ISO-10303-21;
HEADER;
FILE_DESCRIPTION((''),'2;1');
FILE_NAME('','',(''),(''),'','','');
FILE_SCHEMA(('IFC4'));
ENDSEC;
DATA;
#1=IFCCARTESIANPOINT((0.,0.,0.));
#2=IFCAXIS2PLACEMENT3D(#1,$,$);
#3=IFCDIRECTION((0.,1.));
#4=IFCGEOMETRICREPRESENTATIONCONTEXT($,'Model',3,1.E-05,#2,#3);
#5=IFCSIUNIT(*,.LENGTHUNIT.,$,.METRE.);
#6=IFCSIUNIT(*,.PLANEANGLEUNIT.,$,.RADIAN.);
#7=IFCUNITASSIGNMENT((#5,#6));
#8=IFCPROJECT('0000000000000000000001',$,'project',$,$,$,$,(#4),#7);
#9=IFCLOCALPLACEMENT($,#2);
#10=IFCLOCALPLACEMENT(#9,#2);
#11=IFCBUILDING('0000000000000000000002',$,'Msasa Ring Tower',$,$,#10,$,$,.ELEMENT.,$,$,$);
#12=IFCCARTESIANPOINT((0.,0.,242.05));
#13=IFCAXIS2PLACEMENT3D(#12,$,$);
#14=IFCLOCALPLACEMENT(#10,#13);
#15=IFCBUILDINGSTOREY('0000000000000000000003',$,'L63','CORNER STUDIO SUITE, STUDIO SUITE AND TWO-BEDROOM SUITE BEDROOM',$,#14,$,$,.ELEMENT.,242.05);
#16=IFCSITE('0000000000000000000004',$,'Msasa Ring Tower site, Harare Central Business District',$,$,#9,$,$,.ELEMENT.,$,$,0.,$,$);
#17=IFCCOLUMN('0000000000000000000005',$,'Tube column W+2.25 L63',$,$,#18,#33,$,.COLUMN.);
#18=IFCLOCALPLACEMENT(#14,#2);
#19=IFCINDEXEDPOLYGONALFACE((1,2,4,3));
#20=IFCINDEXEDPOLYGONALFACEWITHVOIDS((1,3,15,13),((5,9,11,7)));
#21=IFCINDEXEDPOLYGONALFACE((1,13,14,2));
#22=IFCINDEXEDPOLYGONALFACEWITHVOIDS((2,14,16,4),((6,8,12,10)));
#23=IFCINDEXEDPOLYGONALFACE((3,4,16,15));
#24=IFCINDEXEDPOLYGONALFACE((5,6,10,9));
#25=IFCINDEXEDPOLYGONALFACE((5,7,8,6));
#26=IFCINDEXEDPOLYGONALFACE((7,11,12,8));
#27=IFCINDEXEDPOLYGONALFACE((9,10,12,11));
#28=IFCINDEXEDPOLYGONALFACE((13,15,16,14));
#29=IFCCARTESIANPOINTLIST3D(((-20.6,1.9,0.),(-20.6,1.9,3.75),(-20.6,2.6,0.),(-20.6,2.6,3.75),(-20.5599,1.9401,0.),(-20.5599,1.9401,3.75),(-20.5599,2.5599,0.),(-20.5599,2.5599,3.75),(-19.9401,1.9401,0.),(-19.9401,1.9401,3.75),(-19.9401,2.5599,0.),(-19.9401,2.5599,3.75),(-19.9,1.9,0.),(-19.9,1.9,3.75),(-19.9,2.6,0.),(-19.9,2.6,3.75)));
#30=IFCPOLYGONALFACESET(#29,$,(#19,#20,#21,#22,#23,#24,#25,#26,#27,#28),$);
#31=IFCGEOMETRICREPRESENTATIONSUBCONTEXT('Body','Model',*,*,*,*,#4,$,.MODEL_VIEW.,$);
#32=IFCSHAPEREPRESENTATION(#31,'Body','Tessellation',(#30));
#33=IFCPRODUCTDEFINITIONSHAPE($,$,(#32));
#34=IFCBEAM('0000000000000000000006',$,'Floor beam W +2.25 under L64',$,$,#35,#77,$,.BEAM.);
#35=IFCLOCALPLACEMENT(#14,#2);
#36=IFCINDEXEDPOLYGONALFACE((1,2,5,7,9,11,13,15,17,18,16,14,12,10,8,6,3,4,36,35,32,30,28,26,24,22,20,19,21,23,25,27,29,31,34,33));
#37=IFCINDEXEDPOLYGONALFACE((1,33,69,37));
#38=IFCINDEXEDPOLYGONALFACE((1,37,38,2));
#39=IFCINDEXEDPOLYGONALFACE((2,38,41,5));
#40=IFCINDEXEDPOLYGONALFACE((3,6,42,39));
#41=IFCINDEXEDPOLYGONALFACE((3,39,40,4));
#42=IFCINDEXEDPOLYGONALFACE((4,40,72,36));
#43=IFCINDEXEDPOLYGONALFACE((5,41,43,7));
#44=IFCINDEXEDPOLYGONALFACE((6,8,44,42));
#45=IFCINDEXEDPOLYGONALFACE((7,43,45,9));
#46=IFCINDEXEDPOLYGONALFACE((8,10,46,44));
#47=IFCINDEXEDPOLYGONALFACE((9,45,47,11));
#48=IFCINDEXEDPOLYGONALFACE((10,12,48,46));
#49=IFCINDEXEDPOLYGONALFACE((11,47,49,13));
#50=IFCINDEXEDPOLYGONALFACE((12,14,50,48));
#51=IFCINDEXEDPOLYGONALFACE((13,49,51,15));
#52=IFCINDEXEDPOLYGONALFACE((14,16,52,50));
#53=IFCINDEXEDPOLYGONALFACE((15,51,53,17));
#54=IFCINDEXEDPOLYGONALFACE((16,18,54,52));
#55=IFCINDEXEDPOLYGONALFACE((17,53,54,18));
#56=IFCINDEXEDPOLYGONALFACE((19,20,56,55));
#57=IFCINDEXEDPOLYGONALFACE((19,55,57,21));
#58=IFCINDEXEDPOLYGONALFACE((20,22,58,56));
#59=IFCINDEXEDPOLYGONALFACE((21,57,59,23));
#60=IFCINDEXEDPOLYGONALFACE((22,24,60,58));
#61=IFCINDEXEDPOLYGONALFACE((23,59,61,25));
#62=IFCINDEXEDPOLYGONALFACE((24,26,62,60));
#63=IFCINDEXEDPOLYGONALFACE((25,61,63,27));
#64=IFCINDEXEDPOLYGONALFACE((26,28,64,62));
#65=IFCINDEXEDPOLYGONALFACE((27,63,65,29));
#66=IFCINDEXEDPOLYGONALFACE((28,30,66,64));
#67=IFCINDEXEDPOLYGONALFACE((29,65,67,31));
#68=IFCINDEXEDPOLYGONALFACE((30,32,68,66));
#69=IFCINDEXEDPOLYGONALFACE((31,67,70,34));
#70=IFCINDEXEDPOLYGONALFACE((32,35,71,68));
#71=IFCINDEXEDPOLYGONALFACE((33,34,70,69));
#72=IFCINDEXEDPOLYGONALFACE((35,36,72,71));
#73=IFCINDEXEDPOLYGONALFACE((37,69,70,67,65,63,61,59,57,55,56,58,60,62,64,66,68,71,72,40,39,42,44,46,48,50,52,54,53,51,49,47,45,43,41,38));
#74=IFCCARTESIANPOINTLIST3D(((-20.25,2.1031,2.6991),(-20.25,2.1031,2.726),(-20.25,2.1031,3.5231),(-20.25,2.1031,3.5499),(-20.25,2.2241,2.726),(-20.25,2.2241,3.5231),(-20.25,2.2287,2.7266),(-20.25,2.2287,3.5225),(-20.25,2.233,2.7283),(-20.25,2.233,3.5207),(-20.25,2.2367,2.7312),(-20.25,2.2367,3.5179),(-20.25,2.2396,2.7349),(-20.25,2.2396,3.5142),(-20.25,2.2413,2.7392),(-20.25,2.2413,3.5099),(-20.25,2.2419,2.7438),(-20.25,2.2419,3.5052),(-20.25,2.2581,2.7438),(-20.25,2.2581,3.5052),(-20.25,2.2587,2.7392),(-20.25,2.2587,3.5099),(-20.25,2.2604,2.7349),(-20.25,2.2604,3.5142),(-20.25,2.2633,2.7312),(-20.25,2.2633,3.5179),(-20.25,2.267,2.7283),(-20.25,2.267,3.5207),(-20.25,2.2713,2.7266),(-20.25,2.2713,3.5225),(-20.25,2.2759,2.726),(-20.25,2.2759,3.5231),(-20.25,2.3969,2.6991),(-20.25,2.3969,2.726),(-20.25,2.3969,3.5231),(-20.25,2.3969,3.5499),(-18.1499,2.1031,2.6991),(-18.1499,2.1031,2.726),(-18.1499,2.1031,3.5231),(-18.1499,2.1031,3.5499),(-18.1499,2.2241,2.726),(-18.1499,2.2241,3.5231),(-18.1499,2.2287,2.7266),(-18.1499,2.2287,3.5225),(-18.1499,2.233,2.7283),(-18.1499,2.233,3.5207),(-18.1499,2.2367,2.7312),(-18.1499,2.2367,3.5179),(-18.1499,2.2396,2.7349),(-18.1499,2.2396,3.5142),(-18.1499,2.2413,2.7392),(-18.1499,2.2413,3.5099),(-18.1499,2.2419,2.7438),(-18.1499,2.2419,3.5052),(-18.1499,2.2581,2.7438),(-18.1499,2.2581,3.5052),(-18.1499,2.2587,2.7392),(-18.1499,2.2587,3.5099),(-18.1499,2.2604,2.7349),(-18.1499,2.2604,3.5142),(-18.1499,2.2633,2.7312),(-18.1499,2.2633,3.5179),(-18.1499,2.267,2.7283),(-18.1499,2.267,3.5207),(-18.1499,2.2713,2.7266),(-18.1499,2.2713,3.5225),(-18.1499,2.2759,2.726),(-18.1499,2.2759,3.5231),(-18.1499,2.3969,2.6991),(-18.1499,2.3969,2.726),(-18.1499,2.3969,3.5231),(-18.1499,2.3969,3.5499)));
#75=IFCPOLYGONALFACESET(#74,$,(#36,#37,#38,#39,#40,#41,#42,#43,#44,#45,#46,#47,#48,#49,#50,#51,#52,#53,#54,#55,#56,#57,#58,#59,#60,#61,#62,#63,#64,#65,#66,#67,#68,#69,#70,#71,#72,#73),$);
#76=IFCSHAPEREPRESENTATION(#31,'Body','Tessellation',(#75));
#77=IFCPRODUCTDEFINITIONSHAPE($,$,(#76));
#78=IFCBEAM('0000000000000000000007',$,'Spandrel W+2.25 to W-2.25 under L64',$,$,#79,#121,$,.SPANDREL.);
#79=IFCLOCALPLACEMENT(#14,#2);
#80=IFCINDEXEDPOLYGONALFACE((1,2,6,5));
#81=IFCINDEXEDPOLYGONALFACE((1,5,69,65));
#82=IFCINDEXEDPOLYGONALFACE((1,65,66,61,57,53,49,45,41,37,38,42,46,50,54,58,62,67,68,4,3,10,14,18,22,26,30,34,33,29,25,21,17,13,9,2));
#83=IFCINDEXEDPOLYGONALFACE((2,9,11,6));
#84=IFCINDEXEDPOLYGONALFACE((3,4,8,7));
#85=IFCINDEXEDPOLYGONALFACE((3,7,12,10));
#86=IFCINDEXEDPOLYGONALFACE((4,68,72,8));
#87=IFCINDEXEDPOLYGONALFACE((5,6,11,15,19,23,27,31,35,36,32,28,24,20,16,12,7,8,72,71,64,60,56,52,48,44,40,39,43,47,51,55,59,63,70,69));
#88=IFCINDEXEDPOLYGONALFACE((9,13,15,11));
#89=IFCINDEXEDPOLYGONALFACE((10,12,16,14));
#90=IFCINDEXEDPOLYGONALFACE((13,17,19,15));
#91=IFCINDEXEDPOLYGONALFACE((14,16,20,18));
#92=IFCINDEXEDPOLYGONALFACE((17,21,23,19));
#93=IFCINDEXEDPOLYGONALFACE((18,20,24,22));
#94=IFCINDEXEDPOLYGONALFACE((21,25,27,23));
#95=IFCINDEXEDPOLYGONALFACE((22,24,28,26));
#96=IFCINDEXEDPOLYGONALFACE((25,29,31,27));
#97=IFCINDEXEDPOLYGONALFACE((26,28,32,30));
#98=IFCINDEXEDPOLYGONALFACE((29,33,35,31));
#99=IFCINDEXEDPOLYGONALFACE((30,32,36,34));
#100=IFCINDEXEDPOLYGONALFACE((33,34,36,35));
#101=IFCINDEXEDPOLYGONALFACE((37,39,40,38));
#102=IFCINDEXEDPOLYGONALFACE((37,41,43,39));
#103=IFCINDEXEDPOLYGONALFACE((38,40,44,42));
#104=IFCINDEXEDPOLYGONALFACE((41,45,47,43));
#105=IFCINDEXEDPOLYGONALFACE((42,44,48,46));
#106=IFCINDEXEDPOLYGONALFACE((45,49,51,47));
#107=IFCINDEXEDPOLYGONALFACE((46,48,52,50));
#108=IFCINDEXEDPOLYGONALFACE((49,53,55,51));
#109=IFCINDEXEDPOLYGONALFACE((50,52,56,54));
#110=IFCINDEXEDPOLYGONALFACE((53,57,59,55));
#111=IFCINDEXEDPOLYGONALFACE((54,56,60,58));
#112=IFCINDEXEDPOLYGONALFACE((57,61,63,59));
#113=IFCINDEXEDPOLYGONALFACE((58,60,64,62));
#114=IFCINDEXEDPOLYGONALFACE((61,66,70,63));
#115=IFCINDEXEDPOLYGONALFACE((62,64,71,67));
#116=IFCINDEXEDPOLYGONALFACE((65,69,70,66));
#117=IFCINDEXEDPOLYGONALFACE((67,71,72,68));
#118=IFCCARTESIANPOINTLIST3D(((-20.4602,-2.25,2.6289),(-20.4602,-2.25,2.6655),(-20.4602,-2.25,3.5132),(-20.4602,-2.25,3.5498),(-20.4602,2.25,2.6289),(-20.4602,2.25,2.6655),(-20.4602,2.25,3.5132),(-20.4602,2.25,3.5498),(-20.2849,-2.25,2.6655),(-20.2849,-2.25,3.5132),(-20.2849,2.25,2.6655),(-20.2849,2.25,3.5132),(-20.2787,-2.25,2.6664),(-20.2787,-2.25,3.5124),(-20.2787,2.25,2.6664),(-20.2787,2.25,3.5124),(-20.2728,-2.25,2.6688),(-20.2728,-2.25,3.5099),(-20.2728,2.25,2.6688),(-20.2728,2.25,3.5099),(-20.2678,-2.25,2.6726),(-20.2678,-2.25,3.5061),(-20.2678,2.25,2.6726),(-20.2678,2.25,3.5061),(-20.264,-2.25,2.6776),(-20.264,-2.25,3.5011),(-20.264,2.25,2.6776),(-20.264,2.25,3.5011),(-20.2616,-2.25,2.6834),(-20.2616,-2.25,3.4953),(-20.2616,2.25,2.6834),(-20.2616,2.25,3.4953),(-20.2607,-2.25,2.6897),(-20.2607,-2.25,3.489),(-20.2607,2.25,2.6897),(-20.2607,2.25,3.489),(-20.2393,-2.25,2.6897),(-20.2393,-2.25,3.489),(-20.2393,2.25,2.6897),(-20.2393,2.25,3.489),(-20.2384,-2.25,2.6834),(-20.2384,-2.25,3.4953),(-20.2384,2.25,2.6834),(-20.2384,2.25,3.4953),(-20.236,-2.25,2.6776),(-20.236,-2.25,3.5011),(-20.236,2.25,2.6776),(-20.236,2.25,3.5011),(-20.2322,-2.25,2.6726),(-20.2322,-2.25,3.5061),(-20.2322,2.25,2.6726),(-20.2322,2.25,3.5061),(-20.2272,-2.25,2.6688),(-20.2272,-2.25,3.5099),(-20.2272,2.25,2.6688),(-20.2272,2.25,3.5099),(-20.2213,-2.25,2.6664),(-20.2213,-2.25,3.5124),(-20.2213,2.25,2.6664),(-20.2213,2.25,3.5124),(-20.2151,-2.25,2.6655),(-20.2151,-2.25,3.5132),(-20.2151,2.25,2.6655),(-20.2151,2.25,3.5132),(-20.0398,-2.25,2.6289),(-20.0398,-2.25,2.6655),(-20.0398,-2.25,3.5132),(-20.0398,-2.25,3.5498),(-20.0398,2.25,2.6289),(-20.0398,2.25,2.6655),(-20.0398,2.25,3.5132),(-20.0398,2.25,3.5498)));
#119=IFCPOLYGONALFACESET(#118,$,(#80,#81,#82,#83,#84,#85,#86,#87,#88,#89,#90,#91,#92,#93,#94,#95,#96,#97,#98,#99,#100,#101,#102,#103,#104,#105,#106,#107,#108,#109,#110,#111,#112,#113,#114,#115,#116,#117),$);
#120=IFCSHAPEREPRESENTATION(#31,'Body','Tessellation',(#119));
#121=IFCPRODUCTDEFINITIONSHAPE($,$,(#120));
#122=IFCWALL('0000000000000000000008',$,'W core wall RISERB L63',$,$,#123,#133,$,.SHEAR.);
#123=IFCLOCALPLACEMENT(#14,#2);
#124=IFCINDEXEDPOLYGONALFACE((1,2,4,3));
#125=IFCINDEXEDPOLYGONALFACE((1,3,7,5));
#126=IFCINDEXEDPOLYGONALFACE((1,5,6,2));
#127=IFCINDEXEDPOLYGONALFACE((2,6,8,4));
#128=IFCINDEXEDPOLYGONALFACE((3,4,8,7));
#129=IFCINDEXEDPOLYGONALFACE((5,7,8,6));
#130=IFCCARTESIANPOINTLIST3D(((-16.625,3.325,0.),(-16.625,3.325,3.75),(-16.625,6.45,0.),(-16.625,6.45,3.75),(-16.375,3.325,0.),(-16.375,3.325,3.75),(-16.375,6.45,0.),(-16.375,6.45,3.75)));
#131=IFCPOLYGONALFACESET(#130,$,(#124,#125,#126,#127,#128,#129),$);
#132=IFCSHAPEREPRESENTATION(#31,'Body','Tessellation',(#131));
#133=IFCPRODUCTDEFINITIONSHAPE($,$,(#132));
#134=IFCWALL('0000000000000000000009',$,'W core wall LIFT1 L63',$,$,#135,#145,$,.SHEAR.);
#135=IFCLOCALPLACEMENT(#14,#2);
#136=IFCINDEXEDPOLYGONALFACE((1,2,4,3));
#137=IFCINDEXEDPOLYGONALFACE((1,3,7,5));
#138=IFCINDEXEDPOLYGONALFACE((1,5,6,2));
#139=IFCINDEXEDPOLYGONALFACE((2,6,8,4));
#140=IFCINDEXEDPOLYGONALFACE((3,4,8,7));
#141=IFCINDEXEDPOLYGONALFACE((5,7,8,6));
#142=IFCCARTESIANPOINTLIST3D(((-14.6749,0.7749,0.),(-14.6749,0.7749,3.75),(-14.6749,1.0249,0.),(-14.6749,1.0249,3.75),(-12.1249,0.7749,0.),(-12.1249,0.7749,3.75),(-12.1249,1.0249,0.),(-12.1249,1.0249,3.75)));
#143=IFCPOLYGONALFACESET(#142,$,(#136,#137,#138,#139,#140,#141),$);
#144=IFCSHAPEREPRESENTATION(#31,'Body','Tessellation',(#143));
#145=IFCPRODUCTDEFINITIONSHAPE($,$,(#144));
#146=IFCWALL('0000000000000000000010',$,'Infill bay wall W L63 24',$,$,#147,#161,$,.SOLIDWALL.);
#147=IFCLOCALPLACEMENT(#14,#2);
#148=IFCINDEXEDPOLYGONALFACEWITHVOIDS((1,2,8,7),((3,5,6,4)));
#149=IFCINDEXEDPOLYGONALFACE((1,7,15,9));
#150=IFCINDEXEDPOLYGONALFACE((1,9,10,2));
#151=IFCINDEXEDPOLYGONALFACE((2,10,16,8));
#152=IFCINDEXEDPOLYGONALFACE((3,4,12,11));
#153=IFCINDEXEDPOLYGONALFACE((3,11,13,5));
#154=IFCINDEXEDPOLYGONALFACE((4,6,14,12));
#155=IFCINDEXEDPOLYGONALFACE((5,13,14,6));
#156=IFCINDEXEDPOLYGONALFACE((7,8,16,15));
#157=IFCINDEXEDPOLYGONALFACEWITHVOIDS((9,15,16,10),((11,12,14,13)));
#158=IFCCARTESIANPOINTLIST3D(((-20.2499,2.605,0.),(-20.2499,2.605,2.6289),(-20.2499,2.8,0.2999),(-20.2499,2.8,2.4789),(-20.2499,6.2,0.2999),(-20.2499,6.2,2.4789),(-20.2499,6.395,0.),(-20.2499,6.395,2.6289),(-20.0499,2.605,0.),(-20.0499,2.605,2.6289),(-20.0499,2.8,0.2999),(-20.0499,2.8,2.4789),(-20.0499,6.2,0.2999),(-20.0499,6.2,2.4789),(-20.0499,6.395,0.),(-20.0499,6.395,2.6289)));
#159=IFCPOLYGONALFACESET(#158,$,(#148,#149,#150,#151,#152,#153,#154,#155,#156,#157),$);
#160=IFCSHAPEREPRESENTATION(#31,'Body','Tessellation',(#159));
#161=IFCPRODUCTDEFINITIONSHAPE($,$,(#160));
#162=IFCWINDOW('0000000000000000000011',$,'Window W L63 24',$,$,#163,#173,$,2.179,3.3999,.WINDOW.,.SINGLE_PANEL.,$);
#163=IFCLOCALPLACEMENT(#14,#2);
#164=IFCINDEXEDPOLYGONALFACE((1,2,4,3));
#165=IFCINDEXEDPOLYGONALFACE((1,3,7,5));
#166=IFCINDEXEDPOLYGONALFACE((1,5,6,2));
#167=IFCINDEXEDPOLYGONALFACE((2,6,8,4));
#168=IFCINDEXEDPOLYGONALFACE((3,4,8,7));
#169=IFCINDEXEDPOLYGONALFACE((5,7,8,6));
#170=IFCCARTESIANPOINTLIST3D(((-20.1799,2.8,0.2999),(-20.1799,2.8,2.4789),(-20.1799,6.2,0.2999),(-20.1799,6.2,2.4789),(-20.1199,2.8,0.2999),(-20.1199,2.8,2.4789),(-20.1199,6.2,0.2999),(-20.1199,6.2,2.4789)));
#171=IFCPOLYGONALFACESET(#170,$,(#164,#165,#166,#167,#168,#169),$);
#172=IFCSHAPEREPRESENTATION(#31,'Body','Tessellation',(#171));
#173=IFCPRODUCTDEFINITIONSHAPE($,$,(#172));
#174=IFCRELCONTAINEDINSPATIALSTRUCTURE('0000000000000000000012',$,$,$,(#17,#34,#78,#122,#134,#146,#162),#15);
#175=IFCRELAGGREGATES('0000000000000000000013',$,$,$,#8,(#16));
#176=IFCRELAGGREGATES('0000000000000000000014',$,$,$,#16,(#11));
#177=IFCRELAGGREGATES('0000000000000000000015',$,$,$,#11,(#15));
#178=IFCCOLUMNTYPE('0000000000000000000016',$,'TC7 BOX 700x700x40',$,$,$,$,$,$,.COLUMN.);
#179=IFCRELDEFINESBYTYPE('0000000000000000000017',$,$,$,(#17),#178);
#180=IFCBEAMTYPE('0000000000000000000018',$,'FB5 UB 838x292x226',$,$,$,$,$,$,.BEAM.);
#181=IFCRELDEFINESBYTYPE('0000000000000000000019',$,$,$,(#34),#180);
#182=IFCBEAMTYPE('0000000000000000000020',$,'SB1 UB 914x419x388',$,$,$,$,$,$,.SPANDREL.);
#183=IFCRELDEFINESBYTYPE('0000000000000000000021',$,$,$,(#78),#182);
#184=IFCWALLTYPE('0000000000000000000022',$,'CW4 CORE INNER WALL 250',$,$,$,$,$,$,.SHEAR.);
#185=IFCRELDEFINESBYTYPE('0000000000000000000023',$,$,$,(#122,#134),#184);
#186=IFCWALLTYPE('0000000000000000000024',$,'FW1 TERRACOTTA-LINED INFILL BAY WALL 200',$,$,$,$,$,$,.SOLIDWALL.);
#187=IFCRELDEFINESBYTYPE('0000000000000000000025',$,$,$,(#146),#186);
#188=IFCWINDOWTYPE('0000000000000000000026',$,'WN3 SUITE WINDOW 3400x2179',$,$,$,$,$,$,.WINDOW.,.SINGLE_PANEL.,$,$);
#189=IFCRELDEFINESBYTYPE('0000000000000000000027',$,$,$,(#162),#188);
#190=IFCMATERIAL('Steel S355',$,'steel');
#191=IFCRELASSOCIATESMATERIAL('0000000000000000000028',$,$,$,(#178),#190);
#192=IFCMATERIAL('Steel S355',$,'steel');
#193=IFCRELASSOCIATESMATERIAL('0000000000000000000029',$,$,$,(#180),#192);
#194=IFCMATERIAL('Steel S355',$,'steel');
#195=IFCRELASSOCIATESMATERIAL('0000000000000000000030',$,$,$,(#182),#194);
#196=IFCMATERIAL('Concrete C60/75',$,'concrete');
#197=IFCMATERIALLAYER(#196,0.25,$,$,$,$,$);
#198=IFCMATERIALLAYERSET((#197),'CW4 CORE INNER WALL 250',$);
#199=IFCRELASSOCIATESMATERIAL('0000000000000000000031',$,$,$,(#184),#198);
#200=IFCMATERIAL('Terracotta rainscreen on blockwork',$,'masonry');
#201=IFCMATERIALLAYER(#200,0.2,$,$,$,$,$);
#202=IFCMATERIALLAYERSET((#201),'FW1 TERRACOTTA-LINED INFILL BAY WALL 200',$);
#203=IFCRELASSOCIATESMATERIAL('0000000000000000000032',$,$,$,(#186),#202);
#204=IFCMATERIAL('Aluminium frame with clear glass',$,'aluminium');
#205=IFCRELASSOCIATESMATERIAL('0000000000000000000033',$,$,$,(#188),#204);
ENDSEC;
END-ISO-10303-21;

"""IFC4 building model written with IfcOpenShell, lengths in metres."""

from ifc_helpers import new_model, si_unit, direction, frame, frame_2d, origin, origin_2d, place, context, subcontext, project, spatial, rectangle, hollow_rectangle, i_section, extrude, material, layer, layer_set, material_profile, profile_set, type_object, element, fill, save


model = new_model("IFC4")

# Units and contexts
model_context = context("Model", 3, precision=1e-05, world=origin(), true_north=direction((0.0, 1.0)))
body_context = subcontext(model_context, "Body", "Model", "MODEL_VIEW")
ifc_project = project(units=[si_unit("LENGTHUNIT", "METRE"), si_unit("PLANEANGLEUNIT", "RADIAN")], contexts=[model_context])

# Site, building, storey
site_placement = place(None, origin())
site = spatial("IfcSite", under=ifc_project, at=site_placement, Name="Msasa Ring Tower site, Harare Central Business District", CompositionType="ELEMENT", RefElevation=0.0)
building_placement = place(site_placement, origin())
building = spatial("IfcBuilding", under=site, at=building_placement, Name="Msasa Ring Tower", CompositionType="ELEMENT")
storey_placement = place(building_placement, frame((0.0, 0.0, 242.05)))
storey = spatial("IfcBuildingStorey", under=building, at=storey_placement, Name="L63", Description="CORNER STUDIO SUITE, STUDIO SUITE AND TWO-BEDROOM SUITE BEDROOM", CompositionType="ELEMENT", Elevation=242.05)

# Column
ifc_material_1 = material(Name="Steel S355", Category="steel")
ifc_material_profile_1 = material_profile(ifc_material_1, hollow_rectangle(XDim=0.7, YDim=0.7, WallThickness=0.04, at=origin_2d()), Name="BOX 700x700x40")
ifc_profile_set_1 = profile_set([ifc_material_profile_1], Name="Steel S355")
column_type = type_object("IfcColumnType", Name="TC7 BOX 700x700x40", PredefinedType="COLUMN", material=ifc_profile_set_1)
column_placement = place(storey_placement, frame((-20.25, 2.25, 0.0), z_axis=(0.0, 0.0, 1.0), x_axis=(1.0, 0.0, 0.0)))
element("IfcColumn", 1, at=column_placement, inside=storey, type_object=column_type, Name="Tube column W+2.25 L63", PredefinedType="COLUMN", context=body_context, shape_type="SweptSolid", body=[
    extrude(hollow_rectangle(XDim=0.7, YDim=0.7, WallThickness=0.04, at=origin_2d()), origin(), (0.0, 0.0, 1.0), 3.75),
])

# Beams
ifc_material_2 = material(Name="Steel S355", Category="steel")
ifc_material_profile_2 = material_profile(ifc_material_2, i_section(OverallWidth=0.2937, OverallDepth=0.8508, WebThickness=0.0161, FlangeThickness=0.0269, FilletRadius=0.0178, at=origin_2d()), Name="UB 838x292x226")
ifc_profile_set_2 = profile_set([ifc_material_profile_2], Name="Steel S355")
beam_type_1 = type_object("IfcBeamType", Name="FB5 UB 838x292x226", PredefinedType="BEAM", material=ifc_profile_set_2)
beam_1_placement = place(storey_placement, frame((-20.25, 2.25, 3.1245), z_axis=(1.0, 0.0, 0.0), x_axis=(0.0, 1.0, 0.0)))
element("IfcBeam", 2, at=beam_1_placement, inside=storey, type_object=beam_type_1, Name="Floor beam W +2.25 under L64", PredefinedType="BEAM", context=body_context, shape_type="SweptSolid", body=[
    extrude(i_section(OverallWidth=0.2937, OverallDepth=0.8508, WebThickness=0.0161, FlangeThickness=0.0269, FilletRadius=0.0178, at=origin_2d()), origin(), (0.0, 0.0, 1.0), 2.1001),
])
ifc_material_3 = material(Name="Steel S355", Category="steel")
ifc_material_profile_3 = material_profile(ifc_material_3, i_section(OverallWidth=0.4204, OverallDepth=0.9209, WebThickness=0.0215, FlangeThickness=0.0366, FilletRadius=0.0242, at=origin_2d()), Name="UB 914x419x388")
ifc_profile_set_3 = profile_set([ifc_material_profile_3], Name="Steel S355")
beam_type_2 = type_object("IfcBeamType", Name="SB1 UB 914x419x388", PredefinedType="SPANDREL", material=ifc_profile_set_3)
beam_2_placement = place(storey_placement, frame((-20.25, 2.25, 3.0894), z_axis=(0.0, -1.0, 0.0), x_axis=(1.0, 0.0, 0.0)))
element("IfcBeam", 3, at=beam_2_placement, inside=storey, type_object=beam_type_2, Name="Spandrel W+2.25 to W-2.25 under L64", PredefinedType="SPANDREL", context=body_context, shape_type="SweptSolid", body=[
    extrude(i_section(OverallWidth=0.4204, OverallDepth=0.9209, WebThickness=0.0215, FlangeThickness=0.0366, FilletRadius=0.0242, at=origin_2d()), origin(), (0.0, 0.0, 1.0), 4.5),
])

# Walls
ifc_material_4 = material(Name="Concrete C60/75", Category="concrete")
ifc_layer_1 = layer(ifc_material_4, 0.25)
ifc_layer_set_1 = layer_set([ifc_layer_1], Name="CW4 CORE INNER WALL 250")
wall_type_1 = type_object("IfcWallType", Name="CW4 CORE INNER WALL 250", PredefinedType="SHEAR", material=ifc_layer_set_1)
wall_1_placement = place(storey_placement, frame((-16.5, 3.325, 0.0), z_axis=(0.0, 0.0, 1.0), x_axis=(0.0, 1.0, 0.0)))
element("IfcWall", 4, at=wall_1_placement, inside=storey, type_object=wall_type_1, Name="W core wall RISERB L63", PredefinedType="SHEAR", context=body_context, shape_type="SweptSolid", body=[
    extrude(rectangle(XDim=3.125, YDim=0.25, at=frame_2d((1.5625, 0.0))), origin(), (0.0, 0.0, 1.0), 3.75),
])
wall_2_placement = place(storey_placement, frame((-12.125, 0.8999, 0.0), z_axis=(0.0, 0.0, 1.0), x_axis=(-1.0, 0.0, 0.0)))
element("IfcWall", 5, at=wall_2_placement, inside=storey, type_object=wall_type_1, Name="W core wall LIFT1 L63", PredefinedType="SHEAR", context=body_context, shape_type="SweptSolid", body=[
    extrude(rectangle(XDim=2.55, YDim=0.25, at=frame_2d((1.2749, 0.0))), origin(), (0.0, 0.0, 1.0), 3.75),
])

# Wall, opening, window
ifc_material_5 = material(Name="Terracotta rainscreen on blockwork", Category="masonry")
ifc_layer_2 = layer(ifc_material_5, 0.2)
ifc_layer_set_2 = layer_set([ifc_layer_2], Name="FW1 TERRACOTTA-LINED INFILL BAY WALL 200")
wall_type_2 = type_object("IfcWallType", Name="FW1 TERRACOTTA-LINED INFILL BAY WALL 200", PredefinedType="SOLIDWALL", material=ifc_layer_set_2)
wall_3_placement = place(storey_placement, frame((-20.1499, 2.605, 0.0), z_axis=(0.0, 0.0, 1.0), x_axis=(0.0, 1.0, 0.0)))
wall_3 = element("IfcWall", 6, at=wall_3_placement, inside=storey, type_object=wall_type_2, Name="Infill bay wall W L63 24", PredefinedType="SOLIDWALL", context=body_context, shape_type="SweptSolid", body=[
    extrude(rectangle(XDim=3.79, YDim=0.2, at=frame_2d((1.895, 0.0))), origin(), (0.0, 0.0, 1.0), 2.6289),
])
opening_1_placement = place(wall_3_placement, frame((0.1951, 0.0, 0.3)))
opening_1 = element("IfcOpeningElement", 7, at=opening_1_placement, cuts=wall_3, PredefinedType="OPENING", context=body_context, shape_type="SweptSolid", body=[
    extrude(rectangle(XDim=3.3999, YDim=2.179, at=frame_2d((1.7, 1.0894))), frame((0.0, 0.1099, 0.0), z_axis=(0.0, -1.0, 0.0), x_axis=(1.0, 0.0, 0.0)), (0.0, 0.0, 1.0), 0.22),
])
ifc_material_6 = material(Name="Aluminium frame with clear glass", Category="aluminium")
window_type = type_object("IfcWindowType", Name="WN3 SUITE WINDOW 3400x2179", PartitioningType="SINGLE_PANEL", PredefinedType="WINDOW", material=ifc_material_6)
window_placement = place(opening_1_placement, origin())
window = element("IfcWindow", 8, at=window_placement, inside=storey, type_object=window_type, Name="Window W L63 24", OverallHeight=2.179, OverallWidth=3.3999, PartitioningType="SINGLE_PANEL", PredefinedType="WINDOW", context=body_context, shape_type="SweptSolid", body=[
    extrude(rectangle(XDim=3.3999, YDim=2.179, at=frame_2d((1.7, 1.0894))), frame((0.0, 0.03, 0.0), z_axis=(0.0, -1.0, 0.0), x_axis=(1.0, 0.0, 0.0)), (0.0, 0.0, 1.0), 0.0601),
])
fill(opening_1, window)

save(model, "model.ifc")
